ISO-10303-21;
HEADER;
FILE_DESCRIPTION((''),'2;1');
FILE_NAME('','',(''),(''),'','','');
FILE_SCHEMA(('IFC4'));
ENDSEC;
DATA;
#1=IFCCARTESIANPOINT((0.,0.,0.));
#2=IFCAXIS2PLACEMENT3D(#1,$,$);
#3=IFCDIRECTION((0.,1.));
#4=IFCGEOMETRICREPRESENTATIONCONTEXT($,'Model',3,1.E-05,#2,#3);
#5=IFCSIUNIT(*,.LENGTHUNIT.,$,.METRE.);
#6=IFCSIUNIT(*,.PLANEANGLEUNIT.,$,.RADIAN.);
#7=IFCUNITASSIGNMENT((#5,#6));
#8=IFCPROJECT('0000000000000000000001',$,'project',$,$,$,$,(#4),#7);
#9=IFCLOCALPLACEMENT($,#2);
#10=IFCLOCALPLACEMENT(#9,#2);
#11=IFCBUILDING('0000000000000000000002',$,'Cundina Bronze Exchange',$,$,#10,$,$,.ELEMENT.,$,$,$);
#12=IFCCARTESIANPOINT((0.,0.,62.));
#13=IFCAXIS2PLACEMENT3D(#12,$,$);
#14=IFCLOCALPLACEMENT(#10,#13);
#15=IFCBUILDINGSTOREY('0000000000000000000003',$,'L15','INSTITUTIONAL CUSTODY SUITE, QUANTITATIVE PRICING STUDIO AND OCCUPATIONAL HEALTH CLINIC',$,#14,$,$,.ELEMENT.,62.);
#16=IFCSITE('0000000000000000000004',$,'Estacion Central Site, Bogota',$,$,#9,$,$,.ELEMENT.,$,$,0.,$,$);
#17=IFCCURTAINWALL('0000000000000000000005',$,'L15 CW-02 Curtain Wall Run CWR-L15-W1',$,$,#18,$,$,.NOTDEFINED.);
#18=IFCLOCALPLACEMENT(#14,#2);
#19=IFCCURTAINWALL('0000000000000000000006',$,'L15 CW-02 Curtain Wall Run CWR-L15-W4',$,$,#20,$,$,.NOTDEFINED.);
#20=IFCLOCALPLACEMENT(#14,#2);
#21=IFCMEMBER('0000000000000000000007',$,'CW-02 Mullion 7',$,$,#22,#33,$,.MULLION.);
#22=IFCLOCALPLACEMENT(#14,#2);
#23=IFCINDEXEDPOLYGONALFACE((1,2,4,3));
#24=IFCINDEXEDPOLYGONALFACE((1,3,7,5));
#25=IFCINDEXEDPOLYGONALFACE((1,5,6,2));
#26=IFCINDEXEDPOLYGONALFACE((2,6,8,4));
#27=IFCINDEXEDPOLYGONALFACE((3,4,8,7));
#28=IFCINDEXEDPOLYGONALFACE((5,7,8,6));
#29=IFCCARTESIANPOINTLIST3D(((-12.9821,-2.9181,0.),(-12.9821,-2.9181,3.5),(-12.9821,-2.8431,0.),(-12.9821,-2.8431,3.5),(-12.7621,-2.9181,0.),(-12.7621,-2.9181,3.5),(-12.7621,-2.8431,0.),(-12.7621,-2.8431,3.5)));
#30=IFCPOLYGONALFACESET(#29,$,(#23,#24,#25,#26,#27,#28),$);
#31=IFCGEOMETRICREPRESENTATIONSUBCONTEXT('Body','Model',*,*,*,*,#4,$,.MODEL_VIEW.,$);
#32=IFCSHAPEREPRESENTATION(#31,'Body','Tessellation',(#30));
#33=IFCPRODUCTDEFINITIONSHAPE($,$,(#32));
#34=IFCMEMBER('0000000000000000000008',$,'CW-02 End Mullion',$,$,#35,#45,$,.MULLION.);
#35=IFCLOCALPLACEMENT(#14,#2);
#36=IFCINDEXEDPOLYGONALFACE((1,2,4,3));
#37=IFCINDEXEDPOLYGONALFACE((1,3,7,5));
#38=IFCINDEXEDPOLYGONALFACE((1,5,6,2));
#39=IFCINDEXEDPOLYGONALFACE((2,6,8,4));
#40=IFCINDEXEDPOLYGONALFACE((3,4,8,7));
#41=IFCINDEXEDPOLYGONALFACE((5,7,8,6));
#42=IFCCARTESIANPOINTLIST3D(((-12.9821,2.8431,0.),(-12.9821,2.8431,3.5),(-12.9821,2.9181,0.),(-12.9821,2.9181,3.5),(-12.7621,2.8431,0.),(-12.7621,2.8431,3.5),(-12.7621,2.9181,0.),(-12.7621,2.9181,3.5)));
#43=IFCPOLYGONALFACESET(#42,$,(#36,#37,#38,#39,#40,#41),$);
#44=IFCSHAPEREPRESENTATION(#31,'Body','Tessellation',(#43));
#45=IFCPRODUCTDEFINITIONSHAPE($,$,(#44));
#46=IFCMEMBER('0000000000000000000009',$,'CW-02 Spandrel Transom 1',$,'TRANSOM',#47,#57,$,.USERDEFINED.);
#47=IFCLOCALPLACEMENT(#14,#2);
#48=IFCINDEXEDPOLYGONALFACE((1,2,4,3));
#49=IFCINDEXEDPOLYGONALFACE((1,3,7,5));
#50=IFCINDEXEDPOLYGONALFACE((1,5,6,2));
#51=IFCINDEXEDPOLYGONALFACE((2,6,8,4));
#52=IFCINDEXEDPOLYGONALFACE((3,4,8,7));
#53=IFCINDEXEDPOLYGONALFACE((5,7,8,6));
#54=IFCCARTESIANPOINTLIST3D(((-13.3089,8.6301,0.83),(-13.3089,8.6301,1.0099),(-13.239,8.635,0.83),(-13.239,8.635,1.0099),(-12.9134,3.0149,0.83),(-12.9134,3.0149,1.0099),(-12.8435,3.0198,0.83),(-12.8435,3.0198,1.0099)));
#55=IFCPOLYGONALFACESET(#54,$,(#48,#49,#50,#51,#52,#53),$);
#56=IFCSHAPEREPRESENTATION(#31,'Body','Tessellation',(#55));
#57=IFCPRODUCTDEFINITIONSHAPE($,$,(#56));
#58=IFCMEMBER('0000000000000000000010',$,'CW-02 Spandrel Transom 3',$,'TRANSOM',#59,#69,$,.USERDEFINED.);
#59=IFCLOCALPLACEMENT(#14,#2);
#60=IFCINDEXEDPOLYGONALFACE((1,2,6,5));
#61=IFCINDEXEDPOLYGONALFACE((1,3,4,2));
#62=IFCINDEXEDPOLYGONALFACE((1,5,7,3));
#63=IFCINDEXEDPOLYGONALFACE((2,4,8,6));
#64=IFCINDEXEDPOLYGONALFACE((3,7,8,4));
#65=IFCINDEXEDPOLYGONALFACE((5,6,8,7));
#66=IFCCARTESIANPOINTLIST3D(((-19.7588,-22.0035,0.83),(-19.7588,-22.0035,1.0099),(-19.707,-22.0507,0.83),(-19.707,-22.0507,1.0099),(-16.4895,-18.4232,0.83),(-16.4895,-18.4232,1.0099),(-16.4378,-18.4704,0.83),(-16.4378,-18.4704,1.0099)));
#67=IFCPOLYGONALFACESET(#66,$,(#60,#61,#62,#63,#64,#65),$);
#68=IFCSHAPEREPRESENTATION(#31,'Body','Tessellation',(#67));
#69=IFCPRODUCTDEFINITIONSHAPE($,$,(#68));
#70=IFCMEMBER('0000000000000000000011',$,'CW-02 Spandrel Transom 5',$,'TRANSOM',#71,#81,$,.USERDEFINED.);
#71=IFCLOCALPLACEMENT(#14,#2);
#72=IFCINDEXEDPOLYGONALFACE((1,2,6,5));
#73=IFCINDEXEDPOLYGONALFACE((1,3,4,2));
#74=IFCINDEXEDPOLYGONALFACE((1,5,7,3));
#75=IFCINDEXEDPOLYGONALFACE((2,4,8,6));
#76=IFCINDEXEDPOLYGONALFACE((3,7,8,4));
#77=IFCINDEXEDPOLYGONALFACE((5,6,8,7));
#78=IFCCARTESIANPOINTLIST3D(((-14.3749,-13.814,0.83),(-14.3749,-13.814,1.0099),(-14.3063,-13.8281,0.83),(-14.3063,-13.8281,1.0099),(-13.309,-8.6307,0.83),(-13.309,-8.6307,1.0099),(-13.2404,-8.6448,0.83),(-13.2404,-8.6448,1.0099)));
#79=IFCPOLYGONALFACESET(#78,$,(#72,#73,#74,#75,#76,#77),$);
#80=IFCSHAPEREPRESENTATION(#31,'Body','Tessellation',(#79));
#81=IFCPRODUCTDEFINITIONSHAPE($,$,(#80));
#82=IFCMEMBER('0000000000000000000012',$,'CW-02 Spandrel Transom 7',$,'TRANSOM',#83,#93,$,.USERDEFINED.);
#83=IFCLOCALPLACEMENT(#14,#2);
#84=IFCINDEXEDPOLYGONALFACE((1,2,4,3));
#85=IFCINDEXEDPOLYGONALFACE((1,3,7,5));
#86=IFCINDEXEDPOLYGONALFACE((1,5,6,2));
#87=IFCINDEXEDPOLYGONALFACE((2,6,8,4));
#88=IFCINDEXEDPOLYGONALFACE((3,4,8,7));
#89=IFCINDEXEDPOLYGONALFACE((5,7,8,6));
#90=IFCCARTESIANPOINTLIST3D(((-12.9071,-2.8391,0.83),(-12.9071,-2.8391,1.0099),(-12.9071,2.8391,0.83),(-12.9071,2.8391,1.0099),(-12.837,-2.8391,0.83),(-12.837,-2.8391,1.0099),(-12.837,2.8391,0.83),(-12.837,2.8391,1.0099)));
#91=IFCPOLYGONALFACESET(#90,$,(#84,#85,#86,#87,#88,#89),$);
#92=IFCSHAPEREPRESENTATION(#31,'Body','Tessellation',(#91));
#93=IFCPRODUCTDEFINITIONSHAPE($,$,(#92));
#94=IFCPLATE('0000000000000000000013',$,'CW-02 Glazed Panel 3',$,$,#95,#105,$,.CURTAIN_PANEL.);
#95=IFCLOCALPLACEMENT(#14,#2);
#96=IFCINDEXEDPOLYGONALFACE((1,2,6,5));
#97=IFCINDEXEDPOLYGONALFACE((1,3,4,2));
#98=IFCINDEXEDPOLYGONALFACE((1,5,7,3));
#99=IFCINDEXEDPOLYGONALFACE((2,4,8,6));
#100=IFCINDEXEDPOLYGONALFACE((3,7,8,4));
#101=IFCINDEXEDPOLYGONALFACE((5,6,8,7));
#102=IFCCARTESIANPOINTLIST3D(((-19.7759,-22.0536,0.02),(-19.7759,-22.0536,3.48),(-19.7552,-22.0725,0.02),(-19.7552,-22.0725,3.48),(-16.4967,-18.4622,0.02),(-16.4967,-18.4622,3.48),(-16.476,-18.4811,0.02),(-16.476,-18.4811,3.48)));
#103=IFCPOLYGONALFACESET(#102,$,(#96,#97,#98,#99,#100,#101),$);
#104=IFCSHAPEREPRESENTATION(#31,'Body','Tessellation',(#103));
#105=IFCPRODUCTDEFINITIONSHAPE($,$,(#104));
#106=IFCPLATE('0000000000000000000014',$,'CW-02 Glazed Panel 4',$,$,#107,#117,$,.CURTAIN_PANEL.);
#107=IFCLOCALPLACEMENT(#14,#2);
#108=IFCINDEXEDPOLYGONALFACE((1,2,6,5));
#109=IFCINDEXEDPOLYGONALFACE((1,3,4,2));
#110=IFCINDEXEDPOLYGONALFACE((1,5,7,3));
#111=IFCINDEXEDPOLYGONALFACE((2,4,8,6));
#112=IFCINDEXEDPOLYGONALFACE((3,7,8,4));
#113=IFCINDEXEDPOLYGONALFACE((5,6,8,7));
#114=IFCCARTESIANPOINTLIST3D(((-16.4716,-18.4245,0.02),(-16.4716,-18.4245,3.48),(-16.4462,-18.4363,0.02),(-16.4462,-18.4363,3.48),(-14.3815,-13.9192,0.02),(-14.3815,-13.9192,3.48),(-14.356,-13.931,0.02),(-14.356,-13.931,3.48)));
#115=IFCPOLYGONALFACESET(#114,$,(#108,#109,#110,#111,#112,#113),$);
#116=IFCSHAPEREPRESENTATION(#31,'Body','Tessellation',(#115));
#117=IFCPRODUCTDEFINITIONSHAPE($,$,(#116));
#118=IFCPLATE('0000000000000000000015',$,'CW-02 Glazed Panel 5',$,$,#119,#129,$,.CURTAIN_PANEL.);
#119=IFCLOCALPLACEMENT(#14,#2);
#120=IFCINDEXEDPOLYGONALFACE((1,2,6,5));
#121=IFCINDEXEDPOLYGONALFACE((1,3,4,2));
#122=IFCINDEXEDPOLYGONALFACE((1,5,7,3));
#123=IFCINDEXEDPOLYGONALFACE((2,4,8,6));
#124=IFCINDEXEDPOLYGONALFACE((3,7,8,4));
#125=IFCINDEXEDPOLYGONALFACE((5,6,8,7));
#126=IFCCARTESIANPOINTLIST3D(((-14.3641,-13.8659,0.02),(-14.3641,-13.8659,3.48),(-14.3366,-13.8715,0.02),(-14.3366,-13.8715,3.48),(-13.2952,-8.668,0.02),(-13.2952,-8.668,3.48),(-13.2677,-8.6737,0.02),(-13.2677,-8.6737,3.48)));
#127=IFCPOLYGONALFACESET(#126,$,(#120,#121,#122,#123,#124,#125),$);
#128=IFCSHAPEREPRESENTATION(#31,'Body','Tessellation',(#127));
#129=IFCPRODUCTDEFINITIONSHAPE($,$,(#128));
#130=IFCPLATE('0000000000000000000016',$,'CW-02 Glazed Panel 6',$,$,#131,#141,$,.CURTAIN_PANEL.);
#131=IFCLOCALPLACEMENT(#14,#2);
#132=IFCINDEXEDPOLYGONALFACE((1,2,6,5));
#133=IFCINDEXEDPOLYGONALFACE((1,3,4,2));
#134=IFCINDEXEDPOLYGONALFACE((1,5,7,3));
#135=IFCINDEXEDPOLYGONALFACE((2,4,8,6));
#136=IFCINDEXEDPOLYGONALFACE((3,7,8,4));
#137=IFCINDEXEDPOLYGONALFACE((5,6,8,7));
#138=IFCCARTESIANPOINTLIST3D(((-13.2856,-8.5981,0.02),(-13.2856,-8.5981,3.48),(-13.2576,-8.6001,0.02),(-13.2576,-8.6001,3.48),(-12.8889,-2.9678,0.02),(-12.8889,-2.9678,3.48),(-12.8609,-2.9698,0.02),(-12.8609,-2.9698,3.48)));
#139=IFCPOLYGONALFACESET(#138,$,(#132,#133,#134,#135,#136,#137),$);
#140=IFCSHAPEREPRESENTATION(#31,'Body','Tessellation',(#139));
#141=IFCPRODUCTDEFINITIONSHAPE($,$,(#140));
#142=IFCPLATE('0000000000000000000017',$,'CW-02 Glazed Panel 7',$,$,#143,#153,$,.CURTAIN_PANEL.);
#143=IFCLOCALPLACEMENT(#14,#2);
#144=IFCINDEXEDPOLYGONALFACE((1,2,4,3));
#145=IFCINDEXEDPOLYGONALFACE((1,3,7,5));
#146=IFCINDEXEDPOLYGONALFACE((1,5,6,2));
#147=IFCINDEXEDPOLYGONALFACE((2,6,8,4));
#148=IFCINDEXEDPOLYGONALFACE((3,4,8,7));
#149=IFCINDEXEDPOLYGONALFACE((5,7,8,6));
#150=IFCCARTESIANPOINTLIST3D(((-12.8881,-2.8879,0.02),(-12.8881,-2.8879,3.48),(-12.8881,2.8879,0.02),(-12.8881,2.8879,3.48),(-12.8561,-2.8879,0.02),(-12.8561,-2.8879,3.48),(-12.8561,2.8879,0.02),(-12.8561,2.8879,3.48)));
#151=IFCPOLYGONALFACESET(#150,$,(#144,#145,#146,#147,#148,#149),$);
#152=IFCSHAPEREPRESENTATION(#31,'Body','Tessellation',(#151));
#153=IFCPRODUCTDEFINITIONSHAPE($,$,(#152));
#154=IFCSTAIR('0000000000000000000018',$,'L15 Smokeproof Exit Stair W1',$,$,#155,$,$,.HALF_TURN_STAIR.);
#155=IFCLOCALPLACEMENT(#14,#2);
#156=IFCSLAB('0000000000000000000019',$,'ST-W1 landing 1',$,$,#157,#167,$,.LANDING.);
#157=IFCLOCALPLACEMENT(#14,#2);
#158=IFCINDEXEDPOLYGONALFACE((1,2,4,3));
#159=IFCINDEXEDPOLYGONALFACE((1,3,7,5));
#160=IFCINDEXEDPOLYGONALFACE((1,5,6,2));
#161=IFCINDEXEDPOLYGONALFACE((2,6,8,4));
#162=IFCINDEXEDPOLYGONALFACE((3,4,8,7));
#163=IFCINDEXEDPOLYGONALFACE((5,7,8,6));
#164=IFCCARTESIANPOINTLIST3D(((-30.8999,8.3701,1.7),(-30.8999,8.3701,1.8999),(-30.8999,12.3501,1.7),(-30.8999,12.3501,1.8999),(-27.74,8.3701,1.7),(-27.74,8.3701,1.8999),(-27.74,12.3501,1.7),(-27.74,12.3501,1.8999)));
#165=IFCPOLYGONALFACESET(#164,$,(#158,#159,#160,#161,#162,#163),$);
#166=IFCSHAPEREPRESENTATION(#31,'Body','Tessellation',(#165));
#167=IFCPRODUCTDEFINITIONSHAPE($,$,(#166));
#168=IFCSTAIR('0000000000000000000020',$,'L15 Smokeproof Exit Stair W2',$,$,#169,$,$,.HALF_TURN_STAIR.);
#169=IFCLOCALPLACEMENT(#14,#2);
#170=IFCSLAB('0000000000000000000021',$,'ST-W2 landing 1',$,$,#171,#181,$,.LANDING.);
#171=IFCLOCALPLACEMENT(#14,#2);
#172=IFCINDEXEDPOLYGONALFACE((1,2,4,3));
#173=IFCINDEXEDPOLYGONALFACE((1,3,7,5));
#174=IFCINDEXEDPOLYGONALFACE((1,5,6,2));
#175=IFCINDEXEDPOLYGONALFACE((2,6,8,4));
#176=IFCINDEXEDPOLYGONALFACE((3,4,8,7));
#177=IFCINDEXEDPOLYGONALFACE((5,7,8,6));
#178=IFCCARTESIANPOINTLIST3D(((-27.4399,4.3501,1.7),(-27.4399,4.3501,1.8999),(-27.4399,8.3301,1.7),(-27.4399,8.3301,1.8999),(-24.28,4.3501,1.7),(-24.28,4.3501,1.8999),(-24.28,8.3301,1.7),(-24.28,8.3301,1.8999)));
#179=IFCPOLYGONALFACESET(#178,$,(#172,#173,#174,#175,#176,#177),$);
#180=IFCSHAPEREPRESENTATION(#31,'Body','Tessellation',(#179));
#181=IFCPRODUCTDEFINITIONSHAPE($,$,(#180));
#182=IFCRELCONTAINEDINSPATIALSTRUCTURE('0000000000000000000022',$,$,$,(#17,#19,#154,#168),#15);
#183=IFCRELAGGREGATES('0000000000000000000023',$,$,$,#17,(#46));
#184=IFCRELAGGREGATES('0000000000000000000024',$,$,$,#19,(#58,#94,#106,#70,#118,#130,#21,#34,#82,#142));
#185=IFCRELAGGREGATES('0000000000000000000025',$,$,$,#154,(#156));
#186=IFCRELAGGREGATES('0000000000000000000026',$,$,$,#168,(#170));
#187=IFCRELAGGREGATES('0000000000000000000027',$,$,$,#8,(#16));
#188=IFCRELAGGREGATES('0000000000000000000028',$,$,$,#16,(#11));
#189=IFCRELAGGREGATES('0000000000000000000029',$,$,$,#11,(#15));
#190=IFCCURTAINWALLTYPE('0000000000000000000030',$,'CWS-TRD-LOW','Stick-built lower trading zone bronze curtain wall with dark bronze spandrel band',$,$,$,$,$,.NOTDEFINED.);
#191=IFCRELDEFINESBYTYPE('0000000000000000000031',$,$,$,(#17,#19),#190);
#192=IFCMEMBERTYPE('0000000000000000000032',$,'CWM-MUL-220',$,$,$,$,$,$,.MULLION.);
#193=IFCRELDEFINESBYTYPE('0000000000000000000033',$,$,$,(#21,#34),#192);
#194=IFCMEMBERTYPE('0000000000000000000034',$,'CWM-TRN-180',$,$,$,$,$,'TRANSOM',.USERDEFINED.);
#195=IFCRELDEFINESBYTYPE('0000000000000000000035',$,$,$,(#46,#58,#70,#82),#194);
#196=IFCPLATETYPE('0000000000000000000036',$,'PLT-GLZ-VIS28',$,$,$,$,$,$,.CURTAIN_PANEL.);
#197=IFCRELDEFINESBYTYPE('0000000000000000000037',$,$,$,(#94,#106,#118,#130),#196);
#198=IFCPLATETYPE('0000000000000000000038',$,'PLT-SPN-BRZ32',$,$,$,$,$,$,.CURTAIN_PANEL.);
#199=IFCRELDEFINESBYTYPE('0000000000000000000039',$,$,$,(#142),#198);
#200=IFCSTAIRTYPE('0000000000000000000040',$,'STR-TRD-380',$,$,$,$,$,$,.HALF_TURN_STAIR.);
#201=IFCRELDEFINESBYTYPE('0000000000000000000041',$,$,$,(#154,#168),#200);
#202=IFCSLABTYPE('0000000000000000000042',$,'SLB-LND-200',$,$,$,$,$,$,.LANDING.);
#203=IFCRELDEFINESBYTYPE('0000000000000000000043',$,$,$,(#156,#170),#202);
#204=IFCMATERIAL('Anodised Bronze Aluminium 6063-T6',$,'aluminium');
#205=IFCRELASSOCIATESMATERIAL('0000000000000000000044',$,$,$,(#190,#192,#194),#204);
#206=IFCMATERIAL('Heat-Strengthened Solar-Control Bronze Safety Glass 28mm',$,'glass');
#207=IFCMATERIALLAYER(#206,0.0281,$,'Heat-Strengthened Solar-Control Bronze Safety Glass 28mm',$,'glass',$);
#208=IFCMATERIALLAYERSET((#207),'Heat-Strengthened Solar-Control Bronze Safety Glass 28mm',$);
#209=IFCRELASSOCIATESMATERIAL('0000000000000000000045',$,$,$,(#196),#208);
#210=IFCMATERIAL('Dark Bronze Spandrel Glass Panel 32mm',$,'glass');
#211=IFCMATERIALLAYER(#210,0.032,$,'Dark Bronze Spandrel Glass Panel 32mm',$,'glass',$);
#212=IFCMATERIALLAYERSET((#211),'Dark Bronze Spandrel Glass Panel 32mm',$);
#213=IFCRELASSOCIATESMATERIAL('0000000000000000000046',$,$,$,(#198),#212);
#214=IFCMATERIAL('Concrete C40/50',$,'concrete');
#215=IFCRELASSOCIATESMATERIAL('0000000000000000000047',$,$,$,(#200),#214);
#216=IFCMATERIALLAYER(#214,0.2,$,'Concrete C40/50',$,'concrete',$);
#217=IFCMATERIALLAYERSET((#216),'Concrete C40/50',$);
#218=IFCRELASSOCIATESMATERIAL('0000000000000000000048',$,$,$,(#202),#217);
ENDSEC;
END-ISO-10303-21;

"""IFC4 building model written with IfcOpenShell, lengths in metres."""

from ifc_helpers import new_model, si_unit, direction, frame, origin, origin_2d, place, context, subcontext, project, spatial, polyline, rectangle, outline, extrude, material, layer, layer_set, material_profile, profile_set, type_object, element, aggregate, save


model = new_model("IFC4")

# Units and contexts
model_context = context("Model", 3, precision=1e-05, world=origin(), true_north=direction((0.0, 1.0)))
body_context = subcontext(model_context, "Body", "Model", "MODEL_VIEW")
ifc_project = project(units=[si_unit("LENGTHUNIT", "METRE"), si_unit("PLANEANGLEUNIT", "RADIAN")], contexts=[model_context])

# Site, building, storey
site_placement = place(None, origin())
site = spatial("IfcSite", under=ifc_project, at=site_placement, Name="Estacion Central Site, Bogota", CompositionType="ELEMENT", RefElevation=0.0)
building_placement = place(site_placement, origin())
building = spatial("IfcBuilding", under=site, at=building_placement, Name="Cundina Bronze Exchange", CompositionType="ELEMENT")
storey_placement = place(building_placement, frame((0.0, 0.0, 62.0)))
storey = spatial("IfcBuildingStorey", under=building, at=storey_placement, Name="L15", Description="INSTITUTIONAL CUSTODY SUITE, QUANTITATIVE PRICING STUDIO AND OCCUPATIONAL HEALTH CLINIC", CompositionType="ELEMENT", Elevation=62.0)

# Curtain wall
ifc_material_1 = material(Name="Anodised Bronze Aluminium 6063-T6", Category="aluminium")
curtain_wall_type = type_object("IfcCurtainWallType", Name="CWS-TRD-LOW", Description="Stick-built lower trading zone bronze curtain wall with dark bronze spandrel band", PredefinedType="NOTDEFINED", material=ifc_material_1)
curtain_wall_1_placement = place(storey_placement, origin())
curtain_wall_1 = element("IfcCurtainWall", 1, at=curtain_wall_1_placement, inside=storey, type_object=curtain_wall_type, Name="L15 CW-02 Curtain Wall Run CWR-L15-W1", PredefinedType="NOTDEFINED")
ifc_material_profile_1 = material_profile(ifc_material_1, rectangle(XDim=0.075, YDim=0.22, at=origin_2d()), Name="AL75X220", Category="aluminium")
ifc_profile_set_1 = profile_set([ifc_material_profile_1], Name="Anodised Bronze Aluminium 6063-T6")
member_type_1 = type_object("IfcMemberType", Name="CWM-MUL-220", PredefinedType="MULLION", material=ifc_profile_set_1)

# Curtain wall, members
curtain_wall_2_placement = place(storey_placement, origin())
curtain_wall_2 = element("IfcCurtainWall", 2, at=curtain_wall_2_placement, inside=storey, type_object=curtain_wall_type, Name="L15 CW-02 Curtain Wall Run CWR-L15-W4", PredefinedType="NOTDEFINED")
member_1_placement = place(storey_placement, frame((-12.8721, -2.8806, 0.0), z_axis=(0.0, 0.0, 1.0), x_axis=(0.0, 1.0, 0.0)))
member_1 = element("IfcMember", 3, at=member_1_placement, type_object=member_type_1, Name="CW-02 Mullion 7", PredefinedType="MULLION", context=body_context, shape_type="SweptSolid", body=[
    extrude(rectangle(XDim=0.075, YDim=0.22, at=origin_2d()), origin(), (0.0, 0.0, 1.0), 3.5),
])
member_2_placement = place(storey_placement, frame((-12.8721, 2.8806, 0.0), z_axis=(0.0, 0.0, 1.0), x_axis=(0.0, 1.0, 0.0)))
member_2 = element("IfcMember", 4, at=member_2_placement, type_object=member_type_1, Name="CW-02 End Mullion", PredefinedType="MULLION", context=body_context, shape_type="SweptSolid", body=[
    extrude(rectangle(XDim=0.075, YDim=0.22, at=origin_2d()), origin(), (0.0, 0.0, 1.0), 3.5),
])

# Members
ifc_material_profile_2 = material_profile(ifc_material_1, rectangle(XDim=0.0701, YDim=0.1799, at=origin_2d()), Name="AL70X180", Category="aluminium")
ifc_profile_set_2 = profile_set([ifc_material_profile_2], Name="Anodised Bronze Aluminium 6063-T6")
member_type_2 = type_object("IfcMemberType", Name="CWM-TRN-180", ElementType="TRANSOM", PredefinedType="USERDEFINED", material=ifc_profile_set_2)
member_3_placement = place(storey_placement, frame((-12.8784, 3.0173, 0.9199), z_axis=(-0.070261, 0.997529, 0.0), x_axis=(-0.997529, -0.070261, 0.0)))
member_3 = element("IfcMember", 5, at=member_3_placement, type_object=member_type_2, Name="CW-02 Spandrel Transom 1", ObjectType="TRANSOM", PredefinedType="USERDEFINED", context=body_context, shape_type="SweptSolid", body=[
    extrude(rectangle(XDim=0.0701, YDim=0.1799, at=origin_2d()), origin(), (0.0, 0.0, 1.0), 5.6292),
])
aggregate(curtain_wall_1, [member_3])
member_4_placement = place(storey_placement, frame((-19.7329, -22.0271, 0.9199), z_axis=(0.674303, 0.738455, 0.0), x_axis=(-0.738455, 0.674303, 0.0)))
member_4 = element("IfcMember", 6, at=member_4_placement, type_object=member_type_2, Name="CW-02 Spandrel Transom 3", ObjectType="TRANSOM", PredefinedType="USERDEFINED", context=body_context, shape_type="SweptSolid", body=[
    extrude(rectangle(XDim=0.0701, YDim=0.1799, at=origin_2d()), origin(), (0.0, 0.0, 1.0), 4.8484),
])
member_5_placement = place(storey_placement, frame((-14.3406, -13.821, 0.9199), z_axis=(0.201428, 0.979503, 0.0), x_axis=(-0.979503, 0.201428, 0.0)))
member_5 = element("IfcMember", 7, at=member_5_placement, type_object=member_type_2, Name="CW-02 Spandrel Transom 5", ObjectType="TRANSOM", PredefinedType="USERDEFINED", context=body_context, shape_type="SweptSolid", body=[
    extrude(rectangle(XDim=0.0701, YDim=0.1799, at=origin_2d()), origin(), (0.0, 0.0, 1.0), 5.2917),
])
member_6_placement = place(storey_placement, frame((-12.8721, -2.8391, 0.9199), z_axis=(0.0, 1.0, 0.0), x_axis=(-1.0, 0.0, 0.0)))
member_6 = element("IfcMember", 8, at=member_6_placement, type_object=member_type_2, Name="CW-02 Spandrel Transom 7", ObjectType="TRANSOM", PredefinedType="USERDEFINED", context=body_context, shape_type="SweptSolid", body=[
    extrude(rectangle(XDim=0.0701, YDim=0.1799, at=origin_2d()), origin(), (0.0, 0.0, 1.0), 5.6782),
])

# Plates
ifc_material_2 = material(Name="Heat-Strengthened Solar-Control Bronze Safety Glass 28mm", Category="glass")
ifc_layer_1 = layer(ifc_material_2, 0.0281, Name="Heat-Strengthened Solar-Control Bronze Safety Glass 28mm", Category="glass")
ifc_layer_set_1 = layer_set([ifc_layer_1], Name="Heat-Strengthened Solar-Control Bronze Safety Glass 28mm")
plate_type_1 = type_object("IfcPlateType", Name="PLT-GLZ-VIS28", PredefinedType="CURTAIN_PANEL", material=ifc_layer_set_1)
plate_1_placement = place(storey_placement, frame((-18.126, -20.2673, 0.02), z_axis=(0.0, 0.0, 1.0), x_axis=(0.674277, 0.738479, 0.0)))
plate_1 = element("IfcPlate", 9, at=plate_1_placement, type_object=plate_type_1, Name="CW-02 Glazed Panel 3", PredefinedType="CURTAIN_PANEL", context=body_context, shape_type="SweptSolid", body=[
    extrude(rectangle(XDim=4.8633, YDim=0.0281, at=origin_2d()), origin(), (0.0, 0.0, 1.0), 3.46),
])
plate_2_placement = place(storey_placement, frame((-15.4138, -16.1777, 0.02), z_axis=(0.0, 0.0, 1.0), x_axis=(0.420846, 0.907132, 0.0)))
plate_2 = element("IfcPlate", 10, at=plate_2_placement, type_object=plate_type_1, Name="CW-02 Glazed Panel 4", PredefinedType="CURTAIN_PANEL", context=body_context, shape_type="SweptSolid", body=[
    extrude(rectangle(XDim=4.9666, YDim=0.0281, at=origin_2d()), origin(), (0.0, 0.0, 1.0), 3.46),
])
plate_3_placement = place(storey_placement, frame((-13.8159, -11.2698, 0.02), z_axis=(0.0, 0.0, 1.0), x_axis=(0.20142, 0.979505, 0.0)))
plate_3 = element("IfcPlate", 11, at=plate_3_placement, type_object=plate_type_1, Name="CW-02 Glazed Panel 5", PredefinedType="CURTAIN_PANEL", context=body_context, shape_type="SweptSolid", body=[
    extrude(rectangle(XDim=5.3066, YDim=0.0281, at=origin_2d()), origin(), (0.0, 0.0, 1.0), 3.46),
])
plate_4_placement = place(storey_placement, frame((-13.0732, -5.7839, 0.02), z_axis=(0.0, 0.0, 1.0), x_axis=(0.070279, 0.997527, 0.0)))
plate_4 = element("IfcPlate", 12, at=plate_4_placement, type_object=plate_type_1, Name="CW-02 Glazed Panel 6", PredefinedType="CURTAIN_PANEL", context=body_context, shape_type="SweptSolid", body=[
    extrude(rectangle(XDim=5.6443, YDim=0.0281, at=origin_2d()), origin(), (0.0, 0.0, 1.0), 3.46),
])
ifc_material_3 = material(Name="Dark Bronze Spandrel Glass Panel 32mm", Category="glass")
ifc_layer_2 = layer(ifc_material_3, 0.032, Name="Dark Bronze Spandrel Glass Panel 32mm", Category="glass")
ifc_layer_set_2 = layer_set([ifc_layer_2], Name="Dark Bronze Spandrel Glass Panel 32mm")
plate_type_2 = type_object("IfcPlateType", Name="PLT-SPN-BRZ32", PredefinedType="CURTAIN_PANEL", material=ifc_layer_set_2)
plate_5_placement = place(storey_placement, frame((-12.8721, 0.0, 0.02), z_axis=(0.0, 0.0, 1.0), x_axis=(0.0, 1.0, 0.0)))
plate_5 = element("IfcPlate", 13, at=plate_5_placement, type_object=plate_type_2, Name="CW-02 Glazed Panel 7", PredefinedType="CURTAIN_PANEL", context=body_context, shape_type="SweptSolid", body=[
    extrude(rectangle(XDim=5.7759, YDim=0.032, at=origin_2d()), origin(), (0.0, 0.0, 1.0), 3.46),
])
aggregate(curtain_wall_2, [member_4, plate_1, plate_2, member_5, plate_3, plate_4, member_1, member_2, member_6, plate_5])

# Stairs, slabs
ifc_material_4 = material(Name="Concrete C40/50", Category="concrete")
stair_type = type_object("IfcStairType", Name="STR-TRD-380", PredefinedType="HALF_TURN_STAIR", material=ifc_material_4)
stair_1_placement = place(storey_placement, origin())
stair_1 = element("IfcStair", 14, at=stair_1_placement, inside=storey, type_object=stair_type, Name="L15 Smokeproof Exit Stair W1", PredefinedType="HALF_TURN_STAIR")
ifc_layer_3 = layer(ifc_material_4, 0.2, Name="Concrete C40/50", Category="concrete")
ifc_layer_set_3 = layer_set([ifc_layer_3], Name="Concrete C40/50")
slab_type_1 = type_object("IfcSlabType", Name="SLB-LND-200", PredefinedType="LANDING", material=ifc_layer_set_3)
slab_1_placement = place(storey_placement, frame((0.0, 0.0, 1.7)))
slab_1 = element("IfcSlab", 15, at=slab_1_placement, type_object=slab_type_1, Name="ST-W1 landing 1", PredefinedType="LANDING", context=body_context, shape_type="SweptSolid", body=[
    extrude(outline(polyline([(-27.74, 8.3701), (-27.74, 12.3501), (-30.8999, 12.3501), (-30.8999, 8.3701), (-27.74, 8.3701)])), origin(), (0.0, 0.0, 1.0), 0.2),
])
aggregate(stair_1, [slab_1])
stair_2_placement = place(storey_placement, origin())
stair_2 = element("IfcStair", 16, at=stair_2_placement, inside=storey, type_object=stair_type, Name="L15 Smokeproof Exit Stair W2", PredefinedType="HALF_TURN_STAIR")
slab_2_placement = place(storey_placement, frame((0.0, 0.0, 1.7)))
slab_2 = element("IfcSlab", 17, at=slab_2_placement, type_object=slab_type_1, Name="ST-W2 landing 1", PredefinedType="LANDING", context=body_context, shape_type="SweptSolid", body=[
    extrude(outline(polyline([(-27.4399, 8.3301), (-27.4399, 4.3501), (-24.28, 4.3501), (-24.28, 8.3301), (-27.4399, 8.3301)])), origin(), (0.0, 0.0, 1.0), 0.2),
])
aggregate(stair_2, [slab_2])

save(model, "model.ifc")
